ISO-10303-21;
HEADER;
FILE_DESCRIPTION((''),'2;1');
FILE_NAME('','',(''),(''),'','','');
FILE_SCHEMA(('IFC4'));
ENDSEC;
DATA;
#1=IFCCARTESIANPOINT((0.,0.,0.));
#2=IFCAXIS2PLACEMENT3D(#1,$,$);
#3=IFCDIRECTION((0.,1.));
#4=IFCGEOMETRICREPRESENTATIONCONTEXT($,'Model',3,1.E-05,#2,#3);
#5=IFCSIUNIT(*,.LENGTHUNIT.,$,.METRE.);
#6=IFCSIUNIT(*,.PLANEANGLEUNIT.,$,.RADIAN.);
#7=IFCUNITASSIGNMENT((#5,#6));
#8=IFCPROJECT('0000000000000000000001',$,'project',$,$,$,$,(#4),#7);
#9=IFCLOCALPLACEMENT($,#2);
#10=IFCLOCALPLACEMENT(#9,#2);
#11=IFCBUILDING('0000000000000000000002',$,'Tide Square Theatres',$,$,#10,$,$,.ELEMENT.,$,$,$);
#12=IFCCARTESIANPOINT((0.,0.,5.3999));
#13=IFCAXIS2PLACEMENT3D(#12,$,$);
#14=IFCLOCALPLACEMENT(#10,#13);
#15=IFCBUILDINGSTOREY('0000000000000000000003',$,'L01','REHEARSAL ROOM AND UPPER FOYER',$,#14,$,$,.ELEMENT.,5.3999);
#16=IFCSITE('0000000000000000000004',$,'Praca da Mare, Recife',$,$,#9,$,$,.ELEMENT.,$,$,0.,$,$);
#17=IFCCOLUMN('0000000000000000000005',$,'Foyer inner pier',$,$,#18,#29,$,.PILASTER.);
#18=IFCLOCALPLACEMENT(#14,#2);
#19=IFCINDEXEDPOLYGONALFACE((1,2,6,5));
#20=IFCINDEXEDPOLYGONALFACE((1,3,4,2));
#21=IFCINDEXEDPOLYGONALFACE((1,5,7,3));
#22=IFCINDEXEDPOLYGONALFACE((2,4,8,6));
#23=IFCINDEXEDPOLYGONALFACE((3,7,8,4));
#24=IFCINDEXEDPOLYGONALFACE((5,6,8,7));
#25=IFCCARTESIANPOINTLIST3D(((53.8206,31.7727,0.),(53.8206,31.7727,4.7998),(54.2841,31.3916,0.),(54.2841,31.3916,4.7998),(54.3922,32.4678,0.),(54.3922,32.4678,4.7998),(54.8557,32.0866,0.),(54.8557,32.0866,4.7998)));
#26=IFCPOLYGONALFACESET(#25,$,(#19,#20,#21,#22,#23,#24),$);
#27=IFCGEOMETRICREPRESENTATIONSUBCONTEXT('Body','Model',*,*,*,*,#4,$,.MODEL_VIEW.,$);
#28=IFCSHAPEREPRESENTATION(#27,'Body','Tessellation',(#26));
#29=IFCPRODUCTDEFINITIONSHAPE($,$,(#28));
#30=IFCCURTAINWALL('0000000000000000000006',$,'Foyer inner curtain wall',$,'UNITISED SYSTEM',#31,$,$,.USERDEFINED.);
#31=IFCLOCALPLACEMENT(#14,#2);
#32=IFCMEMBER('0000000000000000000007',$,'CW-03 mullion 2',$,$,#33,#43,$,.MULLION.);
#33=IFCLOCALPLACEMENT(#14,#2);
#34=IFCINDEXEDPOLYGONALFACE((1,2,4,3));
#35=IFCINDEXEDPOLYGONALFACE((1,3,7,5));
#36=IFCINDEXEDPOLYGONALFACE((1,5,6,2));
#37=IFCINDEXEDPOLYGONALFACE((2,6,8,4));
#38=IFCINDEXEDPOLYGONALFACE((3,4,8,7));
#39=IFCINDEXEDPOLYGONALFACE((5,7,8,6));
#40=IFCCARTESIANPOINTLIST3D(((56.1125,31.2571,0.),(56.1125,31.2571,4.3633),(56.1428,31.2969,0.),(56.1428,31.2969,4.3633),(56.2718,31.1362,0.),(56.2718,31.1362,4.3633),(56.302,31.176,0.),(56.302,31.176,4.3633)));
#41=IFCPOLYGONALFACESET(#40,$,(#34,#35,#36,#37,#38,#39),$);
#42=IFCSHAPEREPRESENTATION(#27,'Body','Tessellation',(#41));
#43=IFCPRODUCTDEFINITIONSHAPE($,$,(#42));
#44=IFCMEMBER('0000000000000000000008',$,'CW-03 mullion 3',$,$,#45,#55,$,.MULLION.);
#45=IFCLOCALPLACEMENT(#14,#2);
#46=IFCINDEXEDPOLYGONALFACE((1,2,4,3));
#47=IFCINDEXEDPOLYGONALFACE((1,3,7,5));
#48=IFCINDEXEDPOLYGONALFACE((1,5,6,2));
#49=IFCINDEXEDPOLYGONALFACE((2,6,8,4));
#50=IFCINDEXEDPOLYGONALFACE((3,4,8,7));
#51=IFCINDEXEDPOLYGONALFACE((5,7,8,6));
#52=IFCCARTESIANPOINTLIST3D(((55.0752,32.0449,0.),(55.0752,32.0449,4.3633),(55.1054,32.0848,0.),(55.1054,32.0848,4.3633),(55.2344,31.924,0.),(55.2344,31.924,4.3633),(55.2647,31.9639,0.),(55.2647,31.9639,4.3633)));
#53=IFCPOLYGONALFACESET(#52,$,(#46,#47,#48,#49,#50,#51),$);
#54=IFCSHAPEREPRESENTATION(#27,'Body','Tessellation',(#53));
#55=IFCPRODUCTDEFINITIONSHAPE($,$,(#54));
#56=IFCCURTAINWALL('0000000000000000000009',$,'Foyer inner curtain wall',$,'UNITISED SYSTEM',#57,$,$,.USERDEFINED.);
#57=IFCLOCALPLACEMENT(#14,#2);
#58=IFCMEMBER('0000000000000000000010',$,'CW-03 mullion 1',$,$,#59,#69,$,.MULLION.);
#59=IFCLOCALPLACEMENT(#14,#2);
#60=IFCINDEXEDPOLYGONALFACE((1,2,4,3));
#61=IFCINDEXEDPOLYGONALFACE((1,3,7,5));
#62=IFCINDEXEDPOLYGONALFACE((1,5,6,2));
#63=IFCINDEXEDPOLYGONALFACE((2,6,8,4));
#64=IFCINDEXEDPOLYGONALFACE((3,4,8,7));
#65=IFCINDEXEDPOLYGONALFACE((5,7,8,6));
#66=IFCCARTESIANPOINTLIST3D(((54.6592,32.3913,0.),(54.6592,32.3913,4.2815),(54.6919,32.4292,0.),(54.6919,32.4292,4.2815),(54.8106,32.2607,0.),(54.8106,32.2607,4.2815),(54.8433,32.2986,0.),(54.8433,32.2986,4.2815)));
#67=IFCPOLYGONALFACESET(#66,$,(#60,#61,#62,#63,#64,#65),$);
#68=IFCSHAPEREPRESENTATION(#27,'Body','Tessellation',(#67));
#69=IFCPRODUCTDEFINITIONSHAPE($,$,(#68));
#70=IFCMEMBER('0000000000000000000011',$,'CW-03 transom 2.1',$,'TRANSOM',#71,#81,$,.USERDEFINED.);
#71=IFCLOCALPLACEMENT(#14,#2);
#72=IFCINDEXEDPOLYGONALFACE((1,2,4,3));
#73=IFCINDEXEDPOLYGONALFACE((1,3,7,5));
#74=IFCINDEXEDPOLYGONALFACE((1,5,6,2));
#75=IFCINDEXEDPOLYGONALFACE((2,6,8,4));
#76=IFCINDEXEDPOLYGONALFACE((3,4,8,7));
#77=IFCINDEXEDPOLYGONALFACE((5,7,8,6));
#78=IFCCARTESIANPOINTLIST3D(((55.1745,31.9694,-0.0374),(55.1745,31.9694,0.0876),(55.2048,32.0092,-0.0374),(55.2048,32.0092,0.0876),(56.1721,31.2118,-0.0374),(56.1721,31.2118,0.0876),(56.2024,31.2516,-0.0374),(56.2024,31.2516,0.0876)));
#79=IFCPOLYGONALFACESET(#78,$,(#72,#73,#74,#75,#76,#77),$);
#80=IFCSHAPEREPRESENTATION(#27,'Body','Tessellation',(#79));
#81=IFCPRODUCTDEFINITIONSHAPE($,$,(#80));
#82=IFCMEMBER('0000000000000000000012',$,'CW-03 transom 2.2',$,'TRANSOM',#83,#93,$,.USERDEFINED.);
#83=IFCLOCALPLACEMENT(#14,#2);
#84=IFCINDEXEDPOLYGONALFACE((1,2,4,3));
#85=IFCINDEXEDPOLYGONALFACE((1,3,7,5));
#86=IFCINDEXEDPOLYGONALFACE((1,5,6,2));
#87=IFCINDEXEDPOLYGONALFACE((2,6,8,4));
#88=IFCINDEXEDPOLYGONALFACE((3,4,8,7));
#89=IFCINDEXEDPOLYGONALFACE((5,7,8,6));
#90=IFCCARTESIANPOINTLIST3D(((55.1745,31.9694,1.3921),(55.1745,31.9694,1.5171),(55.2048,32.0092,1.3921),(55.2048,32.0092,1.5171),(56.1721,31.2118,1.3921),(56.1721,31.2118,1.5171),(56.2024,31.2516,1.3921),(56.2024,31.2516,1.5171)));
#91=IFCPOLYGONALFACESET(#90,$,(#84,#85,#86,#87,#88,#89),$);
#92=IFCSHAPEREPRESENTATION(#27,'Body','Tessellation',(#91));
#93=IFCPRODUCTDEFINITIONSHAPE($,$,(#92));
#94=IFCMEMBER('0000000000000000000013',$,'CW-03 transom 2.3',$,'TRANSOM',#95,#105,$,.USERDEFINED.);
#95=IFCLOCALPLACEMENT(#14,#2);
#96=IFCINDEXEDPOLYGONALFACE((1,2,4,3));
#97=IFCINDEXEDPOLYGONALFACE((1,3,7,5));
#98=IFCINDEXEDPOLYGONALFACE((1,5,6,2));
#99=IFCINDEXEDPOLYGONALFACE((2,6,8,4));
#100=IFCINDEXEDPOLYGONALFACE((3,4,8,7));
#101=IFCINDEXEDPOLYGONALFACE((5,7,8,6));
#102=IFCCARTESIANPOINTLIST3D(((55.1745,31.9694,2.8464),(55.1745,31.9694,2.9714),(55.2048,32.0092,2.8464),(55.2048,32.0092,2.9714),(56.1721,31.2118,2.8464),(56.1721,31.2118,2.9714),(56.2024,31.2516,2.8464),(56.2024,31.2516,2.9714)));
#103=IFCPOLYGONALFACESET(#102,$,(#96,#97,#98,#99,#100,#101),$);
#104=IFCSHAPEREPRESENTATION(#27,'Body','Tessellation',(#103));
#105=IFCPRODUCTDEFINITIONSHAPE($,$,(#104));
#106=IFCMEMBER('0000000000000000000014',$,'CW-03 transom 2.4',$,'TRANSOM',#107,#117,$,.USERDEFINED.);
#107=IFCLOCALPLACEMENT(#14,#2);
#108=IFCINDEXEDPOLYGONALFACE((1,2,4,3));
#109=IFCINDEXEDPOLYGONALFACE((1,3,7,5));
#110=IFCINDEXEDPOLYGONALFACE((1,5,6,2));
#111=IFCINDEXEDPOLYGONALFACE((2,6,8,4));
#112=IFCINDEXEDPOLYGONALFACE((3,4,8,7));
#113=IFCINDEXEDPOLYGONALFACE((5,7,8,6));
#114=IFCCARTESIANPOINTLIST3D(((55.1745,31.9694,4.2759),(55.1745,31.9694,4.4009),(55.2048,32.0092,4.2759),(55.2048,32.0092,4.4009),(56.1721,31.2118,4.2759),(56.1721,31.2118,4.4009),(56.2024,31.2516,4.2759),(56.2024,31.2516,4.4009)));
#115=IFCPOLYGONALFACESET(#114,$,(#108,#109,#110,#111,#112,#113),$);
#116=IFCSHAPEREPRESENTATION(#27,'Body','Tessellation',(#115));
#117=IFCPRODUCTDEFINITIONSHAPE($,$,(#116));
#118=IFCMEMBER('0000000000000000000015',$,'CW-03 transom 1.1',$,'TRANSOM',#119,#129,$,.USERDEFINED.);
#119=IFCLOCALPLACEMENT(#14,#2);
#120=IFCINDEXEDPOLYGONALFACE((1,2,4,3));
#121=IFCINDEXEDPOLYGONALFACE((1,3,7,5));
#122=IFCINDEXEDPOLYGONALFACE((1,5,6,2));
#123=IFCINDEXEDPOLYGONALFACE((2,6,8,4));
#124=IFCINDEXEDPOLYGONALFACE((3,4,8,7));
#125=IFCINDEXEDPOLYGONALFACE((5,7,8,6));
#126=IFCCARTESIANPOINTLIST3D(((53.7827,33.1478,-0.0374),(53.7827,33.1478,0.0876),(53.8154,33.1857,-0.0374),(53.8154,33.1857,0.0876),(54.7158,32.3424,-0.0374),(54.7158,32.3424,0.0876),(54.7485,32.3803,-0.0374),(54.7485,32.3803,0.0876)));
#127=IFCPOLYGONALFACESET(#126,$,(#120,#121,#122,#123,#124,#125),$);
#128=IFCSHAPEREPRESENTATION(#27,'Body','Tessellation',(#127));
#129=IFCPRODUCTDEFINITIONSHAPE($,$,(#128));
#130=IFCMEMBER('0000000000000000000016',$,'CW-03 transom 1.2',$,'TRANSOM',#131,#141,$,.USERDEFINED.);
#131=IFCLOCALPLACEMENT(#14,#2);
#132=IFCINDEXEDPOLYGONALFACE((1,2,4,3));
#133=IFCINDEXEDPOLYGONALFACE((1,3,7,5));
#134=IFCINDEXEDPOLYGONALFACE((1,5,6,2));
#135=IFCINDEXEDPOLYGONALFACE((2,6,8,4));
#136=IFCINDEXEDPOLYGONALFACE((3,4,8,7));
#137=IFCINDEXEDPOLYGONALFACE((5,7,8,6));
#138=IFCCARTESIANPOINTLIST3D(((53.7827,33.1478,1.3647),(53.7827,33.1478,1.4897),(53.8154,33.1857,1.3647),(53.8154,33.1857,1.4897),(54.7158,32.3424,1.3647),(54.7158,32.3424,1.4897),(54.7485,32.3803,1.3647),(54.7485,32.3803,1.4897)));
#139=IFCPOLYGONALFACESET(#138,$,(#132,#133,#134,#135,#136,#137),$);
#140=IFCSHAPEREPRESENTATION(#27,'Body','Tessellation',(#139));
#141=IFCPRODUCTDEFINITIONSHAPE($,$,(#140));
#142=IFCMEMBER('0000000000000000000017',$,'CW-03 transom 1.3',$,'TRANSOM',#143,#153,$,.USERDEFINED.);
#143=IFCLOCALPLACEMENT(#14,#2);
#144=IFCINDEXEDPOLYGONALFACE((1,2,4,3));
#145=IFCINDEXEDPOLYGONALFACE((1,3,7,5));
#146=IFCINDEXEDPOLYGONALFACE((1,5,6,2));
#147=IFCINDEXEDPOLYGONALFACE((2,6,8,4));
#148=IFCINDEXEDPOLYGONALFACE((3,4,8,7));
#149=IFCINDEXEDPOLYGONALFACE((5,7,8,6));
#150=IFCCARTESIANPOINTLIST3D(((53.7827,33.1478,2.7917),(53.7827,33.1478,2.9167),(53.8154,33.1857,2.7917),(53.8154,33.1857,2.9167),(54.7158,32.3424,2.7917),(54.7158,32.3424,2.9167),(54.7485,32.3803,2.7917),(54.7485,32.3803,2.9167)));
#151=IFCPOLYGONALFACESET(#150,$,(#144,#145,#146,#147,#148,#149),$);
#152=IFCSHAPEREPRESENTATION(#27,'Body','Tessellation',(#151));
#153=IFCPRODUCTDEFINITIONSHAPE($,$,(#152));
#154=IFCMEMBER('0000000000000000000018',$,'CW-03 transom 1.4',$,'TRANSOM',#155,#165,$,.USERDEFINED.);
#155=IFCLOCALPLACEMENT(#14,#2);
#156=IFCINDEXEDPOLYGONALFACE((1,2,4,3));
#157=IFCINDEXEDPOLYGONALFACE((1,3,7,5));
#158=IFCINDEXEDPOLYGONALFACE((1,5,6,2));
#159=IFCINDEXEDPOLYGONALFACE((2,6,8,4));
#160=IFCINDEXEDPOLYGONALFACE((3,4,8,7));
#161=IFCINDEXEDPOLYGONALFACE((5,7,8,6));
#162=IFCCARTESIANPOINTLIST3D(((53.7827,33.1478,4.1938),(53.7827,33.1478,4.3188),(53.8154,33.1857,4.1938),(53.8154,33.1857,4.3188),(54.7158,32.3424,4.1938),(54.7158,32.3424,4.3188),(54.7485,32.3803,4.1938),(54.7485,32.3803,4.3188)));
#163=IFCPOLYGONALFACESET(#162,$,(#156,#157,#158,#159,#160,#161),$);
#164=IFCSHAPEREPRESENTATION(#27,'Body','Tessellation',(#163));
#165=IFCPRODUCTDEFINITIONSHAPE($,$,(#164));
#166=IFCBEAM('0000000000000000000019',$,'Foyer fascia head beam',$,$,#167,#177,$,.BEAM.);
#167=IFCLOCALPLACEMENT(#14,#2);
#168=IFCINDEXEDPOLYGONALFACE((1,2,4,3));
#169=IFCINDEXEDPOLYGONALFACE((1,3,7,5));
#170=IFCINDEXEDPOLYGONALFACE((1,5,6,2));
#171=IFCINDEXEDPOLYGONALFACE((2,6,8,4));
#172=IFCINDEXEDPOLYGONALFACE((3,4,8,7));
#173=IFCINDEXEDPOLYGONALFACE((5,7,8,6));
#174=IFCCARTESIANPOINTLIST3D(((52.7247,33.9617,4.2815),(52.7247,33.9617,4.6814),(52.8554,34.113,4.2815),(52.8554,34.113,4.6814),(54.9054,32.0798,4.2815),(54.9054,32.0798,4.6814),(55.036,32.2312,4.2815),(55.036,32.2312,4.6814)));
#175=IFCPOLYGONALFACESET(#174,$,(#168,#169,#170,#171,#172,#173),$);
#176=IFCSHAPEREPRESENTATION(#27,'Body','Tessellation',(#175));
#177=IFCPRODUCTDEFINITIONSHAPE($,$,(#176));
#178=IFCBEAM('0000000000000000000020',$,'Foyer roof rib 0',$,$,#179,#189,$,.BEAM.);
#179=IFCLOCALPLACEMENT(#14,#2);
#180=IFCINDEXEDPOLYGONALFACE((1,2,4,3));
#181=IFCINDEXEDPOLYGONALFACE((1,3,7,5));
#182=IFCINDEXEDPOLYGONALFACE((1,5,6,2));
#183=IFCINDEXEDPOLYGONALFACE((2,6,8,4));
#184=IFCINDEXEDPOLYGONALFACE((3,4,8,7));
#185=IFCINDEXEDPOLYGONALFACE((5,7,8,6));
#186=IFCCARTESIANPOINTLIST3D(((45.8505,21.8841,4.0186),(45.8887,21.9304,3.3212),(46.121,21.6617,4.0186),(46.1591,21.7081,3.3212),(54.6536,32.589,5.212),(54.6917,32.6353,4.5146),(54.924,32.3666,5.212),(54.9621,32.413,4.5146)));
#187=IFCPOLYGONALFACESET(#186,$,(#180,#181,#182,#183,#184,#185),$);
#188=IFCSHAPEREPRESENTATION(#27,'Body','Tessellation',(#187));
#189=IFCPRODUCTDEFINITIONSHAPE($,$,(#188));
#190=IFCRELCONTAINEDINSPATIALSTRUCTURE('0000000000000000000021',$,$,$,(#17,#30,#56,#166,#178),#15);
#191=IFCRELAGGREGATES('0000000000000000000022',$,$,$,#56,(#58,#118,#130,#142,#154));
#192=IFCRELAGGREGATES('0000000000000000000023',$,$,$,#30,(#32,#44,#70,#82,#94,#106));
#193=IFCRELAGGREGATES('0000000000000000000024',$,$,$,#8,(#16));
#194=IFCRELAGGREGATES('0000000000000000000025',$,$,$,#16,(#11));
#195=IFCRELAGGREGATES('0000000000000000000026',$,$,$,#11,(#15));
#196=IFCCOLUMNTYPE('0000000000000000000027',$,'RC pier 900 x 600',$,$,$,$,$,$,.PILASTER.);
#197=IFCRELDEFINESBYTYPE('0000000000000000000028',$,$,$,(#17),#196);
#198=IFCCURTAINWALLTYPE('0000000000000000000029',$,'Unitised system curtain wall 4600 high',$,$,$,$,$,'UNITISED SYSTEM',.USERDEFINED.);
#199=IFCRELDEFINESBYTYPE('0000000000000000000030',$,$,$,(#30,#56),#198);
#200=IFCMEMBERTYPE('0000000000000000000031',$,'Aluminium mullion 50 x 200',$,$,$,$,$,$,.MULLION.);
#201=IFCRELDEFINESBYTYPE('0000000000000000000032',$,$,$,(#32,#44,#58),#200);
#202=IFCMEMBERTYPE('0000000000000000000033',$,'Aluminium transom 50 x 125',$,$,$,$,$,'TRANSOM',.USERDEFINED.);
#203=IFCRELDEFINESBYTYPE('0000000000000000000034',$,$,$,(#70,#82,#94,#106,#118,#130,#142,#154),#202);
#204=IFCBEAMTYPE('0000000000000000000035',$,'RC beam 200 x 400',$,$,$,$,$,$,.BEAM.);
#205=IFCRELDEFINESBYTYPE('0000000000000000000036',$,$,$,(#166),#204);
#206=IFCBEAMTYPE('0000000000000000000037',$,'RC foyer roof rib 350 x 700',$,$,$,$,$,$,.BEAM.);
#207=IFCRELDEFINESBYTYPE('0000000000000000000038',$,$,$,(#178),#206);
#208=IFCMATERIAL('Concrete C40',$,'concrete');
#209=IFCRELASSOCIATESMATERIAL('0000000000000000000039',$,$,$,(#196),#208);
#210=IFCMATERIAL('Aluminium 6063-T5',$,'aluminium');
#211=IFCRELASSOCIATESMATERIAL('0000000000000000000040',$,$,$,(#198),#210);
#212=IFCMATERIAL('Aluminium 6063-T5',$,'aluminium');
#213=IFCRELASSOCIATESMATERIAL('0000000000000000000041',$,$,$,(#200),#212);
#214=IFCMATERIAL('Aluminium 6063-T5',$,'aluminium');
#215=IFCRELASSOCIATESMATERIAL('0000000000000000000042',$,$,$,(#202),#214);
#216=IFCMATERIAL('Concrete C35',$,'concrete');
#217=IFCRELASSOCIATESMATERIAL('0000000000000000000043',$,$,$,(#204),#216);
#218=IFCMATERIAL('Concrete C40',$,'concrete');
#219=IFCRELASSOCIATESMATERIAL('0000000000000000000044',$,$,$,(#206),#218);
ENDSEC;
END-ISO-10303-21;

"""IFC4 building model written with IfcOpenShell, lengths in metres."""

from ifc_helpers import new_model, si_unit, direction, frame, origin, origin_2d, place, context, subcontext, project, spatial, rectangle, extrude, material, material_profile, profile_set, type_object, element, aggregate, save


model = new_model("IFC4")

# Units and contexts
model_context = context("Model", 3, precision=1e-05, world=origin(), true_north=direction((0.0, 1.0)))
body_context = subcontext(model_context, "Body", "Model", "MODEL_VIEW")
ifc_project = project(units=[si_unit("LENGTHUNIT", "METRE"), si_unit("PLANEANGLEUNIT", "RADIAN")], contexts=[model_context])

# Site, building, storey
site_placement = place(None, origin())
site = spatial("IfcSite", under=ifc_project, at=site_placement, Name="Praca da Mare, Recife", CompositionType="ELEMENT", RefElevation=0.0)
building_placement = place(site_placement, origin())
building = spatial("IfcBuilding", under=site, at=building_placement, Name="Tide Square Theatres", CompositionType="ELEMENT")
storey_placement = place(building_placement, frame((0.0, 0.0, 5.3999)))
storey = spatial("IfcBuildingStorey", under=building, at=storey_placement, Name="L01", Description="REHEARSAL ROOM AND UPPER FOYER", CompositionType="ELEMENT", Elevation=5.3999)

# Column
ifc_material_1 = material(Name="Concrete C40", Category="concrete")
ifc_material_profile_1 = material_profile(ifc_material_1, rectangle(XDim=0.8999, YDim=0.6001, at=origin_2d()))
ifc_profile_set_1 = profile_set([ifc_material_profile_1], Name="Concrete C40")
column_type = type_object("IfcColumnType", Name="RC pier 900 x 600", PredefinedType="PILASTER", material=ifc_profile_set_1)
column_placement = place(storey_placement, frame((54.3381, 31.9297, 0.0), z_axis=(0.0, 0.0, 1.0), x_axis=(-0.635157, -0.772383, 0.0)))
element("IfcColumn", 1, at=column_placement, inside=storey, type_object=column_type, Name="Foyer inner pier", PredefinedType="PILASTER", context=body_context, shape_type="SweptSolid", body=[
    extrude(rectangle(XDim=0.8999, YDim=0.6001, at=origin_2d()), origin(), (0.0, 0.0, 1.0), 4.7998),
])

# Curtain wall, members
ifc_material_2 = material(Name="Aluminium 6063-T5", Category="aluminium")
curtain_wall_type = type_object("IfcCurtainWallType", Name="Unitised system curtain wall 4600 high", ElementType="UNITISED SYSTEM", PredefinedType="USERDEFINED", material=ifc_material_2)
curtain_wall_1_placement = place(storey_placement, origin())
curtain_wall_1 = element("IfcCurtainWall", 2, at=curtain_wall_1_placement, inside=storey, type_object=curtain_wall_type, Name="Foyer inner curtain wall", ObjectType="UNITISED SYSTEM", PredefinedType="USERDEFINED")
ifc_material_3 = material(Name="Aluminium 6063-T5", Category="aluminium")
ifc_material_profile_2 = material_profile(ifc_material_3, rectangle(XDim=0.05, YDim=0.2, at=origin_2d()))
ifc_profile_set_2 = profile_set([ifc_material_profile_2], Name="Aluminium 6063-T5")
member_type_1 = type_object("IfcMemberType", Name="Aluminium mullion 50 x 200", PredefinedType="MULLION", material=ifc_profile_set_2)
member_1_placement = place(storey_placement, frame((56.2073, 31.2166, 0.0), z_axis=(0.0, 0.0, 1.0), x_axis=(-0.604774, -0.796397, 0.0)))
member_1 = element("IfcMember", 3, at=member_1_placement, type_object=member_type_1, Name="CW-03 mullion 2", PredefinedType="MULLION", context=body_context, shape_type="SweptSolid", body=[
    extrude(rectangle(XDim=0.05, YDim=0.2, at=origin_2d()), origin(), (0.0, 0.0, 1.0), 4.3633),
])
member_2_placement = place(storey_placement, frame((55.1699, 32.0044, 0.0), z_axis=(0.0, 0.0, 1.0), x_axis=(-0.604774, -0.796397, 0.0)))
member_2 = element("IfcMember", 4, at=member_2_placement, type_object=member_type_1, Name="CW-03 mullion 3", PredefinedType="MULLION", context=body_context, shape_type="SweptSolid", body=[
    extrude(rectangle(XDim=0.05, YDim=0.2, at=origin_2d()), origin(), (0.0, 0.0, 1.0), 4.3633),
])

# Curtain wall, member
curtain_wall_2_placement = place(storey_placement, origin())
curtain_wall_2 = element("IfcCurtainWall", 5, at=curtain_wall_2_placement, inside=storey, type_object=curtain_wall_type, Name="Foyer inner curtain wall", ObjectType="UNITISED SYSTEM", PredefinedType="USERDEFINED")
member_3_placement = place(storey_placement, frame((54.7512, 32.345, 0.0), z_axis=(0.0, 0.0, 1.0), x_axis=(-0.653313, -0.757088, 0.0)))
member_3 = element("IfcMember", 6, at=member_3_placement, type_object=member_type_1, Name="CW-03 mullion 1", PredefinedType="MULLION", context=body_context, shape_type="SweptSolid", body=[
    extrude(rectangle(XDim=0.05, YDim=0.2, at=origin_2d()), origin(), (0.0, 0.0, 1.0), 4.2815),
])

# Members
ifc_material_4 = material(Name="Aluminium 6063-T5", Category="aluminium")
ifc_material_profile_3 = material_profile(ifc_material_4, rectangle(XDim=0.05, YDim=0.125, at=origin_2d()))
ifc_profile_set_3 = profile_set([ifc_material_profile_3], Name="Aluminium 6063-T5")
member_type_2 = type_object("IfcMemberType", Name="Aluminium transom 50 x 125", ElementType="TRANSOM", PredefinedType="USERDEFINED", material=ifc_profile_set_3)
member_4_placement = place(storey_placement, frame((56.1873, 31.2317, 0.0251), z_axis=(-0.796384, 0.604792, 0.0), x_axis=(-0.604792, -0.796384, 0.0)))
member_4 = element("IfcMember", 7, at=member_4_placement, type_object=member_type_2, Name="CW-03 transom 2.1", ObjectType="TRANSOM", PredefinedType="USERDEFINED", context=body_context, shape_type="SweptSolid", body=[
    extrude(rectangle(XDim=0.05, YDim=0.125, at=origin_2d()), origin(), (0.0, 0.0, 1.0), 1.2527),
])
member_5_placement = place(storey_placement, frame((56.1873, 31.2317, 1.4546), z_axis=(-0.796384, 0.604792, 0.0), x_axis=(-0.604792, -0.796384, 0.0)))
member_5 = element("IfcMember", 8, at=member_5_placement, type_object=member_type_2, Name="CW-03 transom 2.2", ObjectType="TRANSOM", PredefinedType="USERDEFINED", context=body_context, shape_type="SweptSolid", body=[
    extrude(rectangle(XDim=0.05, YDim=0.125, at=origin_2d()), origin(), (0.0, 0.0, 1.0), 1.2527),
])
member_6_placement = place(storey_placement, frame((56.1873, 31.2317, 2.9089), z_axis=(-0.796384, 0.604792, 0.0), x_axis=(-0.604792, -0.796384, 0.0)))
member_6 = element("IfcMember", 9, at=member_6_placement, type_object=member_type_2, Name="CW-03 transom 2.3", ObjectType="TRANSOM", PredefinedType="USERDEFINED", context=body_context, shape_type="SweptSolid", body=[
    extrude(rectangle(XDim=0.05, YDim=0.125, at=origin_2d()), origin(), (0.0, 0.0, 1.0), 1.2527),
])
member_7_placement = place(storey_placement, frame((56.1873, 31.2317, 4.3384), z_axis=(-0.796384, 0.604792, 0.0), x_axis=(-0.604792, -0.796384, 0.0)))
member_7 = element("IfcMember", 10, at=member_7_placement, type_object=member_type_2, Name="CW-03 transom 2.4", ObjectType="TRANSOM", PredefinedType="USERDEFINED", context=body_context, shape_type="SweptSolid", body=[
    extrude(rectangle(XDim=0.05, YDim=0.125, at=origin_2d()), origin(), (0.0, 0.0, 1.0), 1.2527),
])
member_8_placement = place(storey_placement, frame((54.7322, 32.3613, 0.0251), z_axis=(-0.757001, 0.653414, 0.0), x_axis=(-0.653414, -0.757001, 0.0)))
member_8 = element("IfcMember", 11, at=member_8_placement, type_object=member_type_2, Name="CW-03 transom 1.1", ObjectType="TRANSOM", PredefinedType="USERDEFINED", context=body_context, shape_type="SweptSolid", body=[
    extrude(rectangle(XDim=0.05, YDim=0.125, at=origin_2d()), origin(), (0.0, 0.0, 1.0), 1.2327),
])
member_9_placement = place(storey_placement, frame((54.7322, 32.3613, 1.4272), z_axis=(-0.757001, 0.653414, 0.0), x_axis=(-0.653414, -0.757001, 0.0)))
member_9 = element("IfcMember", 12, at=member_9_placement, type_object=member_type_2, Name="CW-03 transom 1.2", ObjectType="TRANSOM", PredefinedType="USERDEFINED", context=body_context, shape_type="SweptSolid", body=[
    extrude(rectangle(XDim=0.05, YDim=0.125, at=origin_2d()), origin(), (0.0, 0.0, 1.0), 1.2327),
])
member_10_placement = place(storey_placement, frame((54.7322, 32.3613, 2.8542), z_axis=(-0.757001, 0.653414, 0.0), x_axis=(-0.653414, -0.757001, 0.0)))
member_10 = element("IfcMember", 13, at=member_10_placement, type_object=member_type_2, Name="CW-03 transom 1.3", ObjectType="TRANSOM", PredefinedType="USERDEFINED", context=body_context, shape_type="SweptSolid", body=[
    extrude(rectangle(XDim=0.05, YDim=0.125, at=origin_2d()), origin(), (0.0, 0.0, 1.0), 1.2327),
])
member_11_placement = place(storey_placement, frame((54.7322, 32.3613, 4.2563), z_axis=(-0.757001, 0.653414, 0.0), x_axis=(-0.653414, -0.757001, 0.0)))
member_11 = element("IfcMember", 14, at=member_11_placement, type_object=member_type_2, Name="CW-03 transom 1.4", ObjectType="TRANSOM", PredefinedType="USERDEFINED", context=body_context, shape_type="SweptSolid", body=[
    extrude(rectangle(XDim=0.05, YDim=0.125, at=origin_2d()), origin(), (0.0, 0.0, 1.0), 1.2327),
])
aggregate(curtain_wall_2, [member_3, member_8, member_9, member_10, member_11])

# Beams
ifc_material_5 = material(Name="Concrete C35", Category="concrete")
ifc_material_profile_4 = material_profile(ifc_material_5, rectangle(XDim=0.2, YDim=0.3999, at=origin_2d()))
ifc_profile_set_4 = profile_set([ifc_material_profile_4], Name="Concrete C35")
beam_type_1 = type_object("IfcBeamType", Name="RC beam 200 x 400", PredefinedType="BEAM", material=ifc_profile_set_4)
beam_1_placement = place(storey_placement, frame((54.9707, 32.1555, 4.4814), z_axis=(-0.757075, 0.653329, 0.0), x_axis=(-0.653329, -0.757075, 0.0)))
element("IfcBeam", 15, at=beam_1_placement, inside=storey, type_object=beam_type_1, Name="Foyer fascia head beam", PredefinedType="BEAM", context=body_context, shape_type="SweptSolid", body=[
    extrude(rectangle(XDim=0.2, YDim=0.3999, at=origin_2d()), origin(), (0.0, 0.0, 1.0), 2.8804),
])
ifc_material_6 = material(Name="Concrete C40", Category="concrete")
ifc_material_profile_5 = material_profile(ifc_material_6, rectangle(XDim=0.3501, YDim=0.7, at=origin_2d()))
ifc_profile_set_5 = profile_set([ifc_material_profile_5], Name="Concrete C40")
beam_type_2 = type_object("IfcBeamType", Name="RC foyer roof rib 350 x 700", PredefinedType="BEAM", material=ifc_profile_set_5)
beam_2_placement = place(storey_placement, frame((54.8079, 32.501, 4.8633), z_axis=(-0.632817, -0.769535, -0.085787), x_axis=(0.772382, -0.635158, 0.0)))
element("IfcBeam", 16, at=beam_2_placement, inside=storey, type_object=beam_type_2, Name="Foyer roof rib 0", PredefinedType="BEAM", context=body_context, shape_type="SweptSolid", body=[
    extrude(rectangle(XDim=0.3501, YDim=0.7, at=origin_2d()), origin(), (0.0, 0.0, 1.0), 13.9109),
])

aggregate(curtain_wall_1, [member_1, member_2, member_4, member_5, member_6, member_7])

save(model, "model.ifc")
